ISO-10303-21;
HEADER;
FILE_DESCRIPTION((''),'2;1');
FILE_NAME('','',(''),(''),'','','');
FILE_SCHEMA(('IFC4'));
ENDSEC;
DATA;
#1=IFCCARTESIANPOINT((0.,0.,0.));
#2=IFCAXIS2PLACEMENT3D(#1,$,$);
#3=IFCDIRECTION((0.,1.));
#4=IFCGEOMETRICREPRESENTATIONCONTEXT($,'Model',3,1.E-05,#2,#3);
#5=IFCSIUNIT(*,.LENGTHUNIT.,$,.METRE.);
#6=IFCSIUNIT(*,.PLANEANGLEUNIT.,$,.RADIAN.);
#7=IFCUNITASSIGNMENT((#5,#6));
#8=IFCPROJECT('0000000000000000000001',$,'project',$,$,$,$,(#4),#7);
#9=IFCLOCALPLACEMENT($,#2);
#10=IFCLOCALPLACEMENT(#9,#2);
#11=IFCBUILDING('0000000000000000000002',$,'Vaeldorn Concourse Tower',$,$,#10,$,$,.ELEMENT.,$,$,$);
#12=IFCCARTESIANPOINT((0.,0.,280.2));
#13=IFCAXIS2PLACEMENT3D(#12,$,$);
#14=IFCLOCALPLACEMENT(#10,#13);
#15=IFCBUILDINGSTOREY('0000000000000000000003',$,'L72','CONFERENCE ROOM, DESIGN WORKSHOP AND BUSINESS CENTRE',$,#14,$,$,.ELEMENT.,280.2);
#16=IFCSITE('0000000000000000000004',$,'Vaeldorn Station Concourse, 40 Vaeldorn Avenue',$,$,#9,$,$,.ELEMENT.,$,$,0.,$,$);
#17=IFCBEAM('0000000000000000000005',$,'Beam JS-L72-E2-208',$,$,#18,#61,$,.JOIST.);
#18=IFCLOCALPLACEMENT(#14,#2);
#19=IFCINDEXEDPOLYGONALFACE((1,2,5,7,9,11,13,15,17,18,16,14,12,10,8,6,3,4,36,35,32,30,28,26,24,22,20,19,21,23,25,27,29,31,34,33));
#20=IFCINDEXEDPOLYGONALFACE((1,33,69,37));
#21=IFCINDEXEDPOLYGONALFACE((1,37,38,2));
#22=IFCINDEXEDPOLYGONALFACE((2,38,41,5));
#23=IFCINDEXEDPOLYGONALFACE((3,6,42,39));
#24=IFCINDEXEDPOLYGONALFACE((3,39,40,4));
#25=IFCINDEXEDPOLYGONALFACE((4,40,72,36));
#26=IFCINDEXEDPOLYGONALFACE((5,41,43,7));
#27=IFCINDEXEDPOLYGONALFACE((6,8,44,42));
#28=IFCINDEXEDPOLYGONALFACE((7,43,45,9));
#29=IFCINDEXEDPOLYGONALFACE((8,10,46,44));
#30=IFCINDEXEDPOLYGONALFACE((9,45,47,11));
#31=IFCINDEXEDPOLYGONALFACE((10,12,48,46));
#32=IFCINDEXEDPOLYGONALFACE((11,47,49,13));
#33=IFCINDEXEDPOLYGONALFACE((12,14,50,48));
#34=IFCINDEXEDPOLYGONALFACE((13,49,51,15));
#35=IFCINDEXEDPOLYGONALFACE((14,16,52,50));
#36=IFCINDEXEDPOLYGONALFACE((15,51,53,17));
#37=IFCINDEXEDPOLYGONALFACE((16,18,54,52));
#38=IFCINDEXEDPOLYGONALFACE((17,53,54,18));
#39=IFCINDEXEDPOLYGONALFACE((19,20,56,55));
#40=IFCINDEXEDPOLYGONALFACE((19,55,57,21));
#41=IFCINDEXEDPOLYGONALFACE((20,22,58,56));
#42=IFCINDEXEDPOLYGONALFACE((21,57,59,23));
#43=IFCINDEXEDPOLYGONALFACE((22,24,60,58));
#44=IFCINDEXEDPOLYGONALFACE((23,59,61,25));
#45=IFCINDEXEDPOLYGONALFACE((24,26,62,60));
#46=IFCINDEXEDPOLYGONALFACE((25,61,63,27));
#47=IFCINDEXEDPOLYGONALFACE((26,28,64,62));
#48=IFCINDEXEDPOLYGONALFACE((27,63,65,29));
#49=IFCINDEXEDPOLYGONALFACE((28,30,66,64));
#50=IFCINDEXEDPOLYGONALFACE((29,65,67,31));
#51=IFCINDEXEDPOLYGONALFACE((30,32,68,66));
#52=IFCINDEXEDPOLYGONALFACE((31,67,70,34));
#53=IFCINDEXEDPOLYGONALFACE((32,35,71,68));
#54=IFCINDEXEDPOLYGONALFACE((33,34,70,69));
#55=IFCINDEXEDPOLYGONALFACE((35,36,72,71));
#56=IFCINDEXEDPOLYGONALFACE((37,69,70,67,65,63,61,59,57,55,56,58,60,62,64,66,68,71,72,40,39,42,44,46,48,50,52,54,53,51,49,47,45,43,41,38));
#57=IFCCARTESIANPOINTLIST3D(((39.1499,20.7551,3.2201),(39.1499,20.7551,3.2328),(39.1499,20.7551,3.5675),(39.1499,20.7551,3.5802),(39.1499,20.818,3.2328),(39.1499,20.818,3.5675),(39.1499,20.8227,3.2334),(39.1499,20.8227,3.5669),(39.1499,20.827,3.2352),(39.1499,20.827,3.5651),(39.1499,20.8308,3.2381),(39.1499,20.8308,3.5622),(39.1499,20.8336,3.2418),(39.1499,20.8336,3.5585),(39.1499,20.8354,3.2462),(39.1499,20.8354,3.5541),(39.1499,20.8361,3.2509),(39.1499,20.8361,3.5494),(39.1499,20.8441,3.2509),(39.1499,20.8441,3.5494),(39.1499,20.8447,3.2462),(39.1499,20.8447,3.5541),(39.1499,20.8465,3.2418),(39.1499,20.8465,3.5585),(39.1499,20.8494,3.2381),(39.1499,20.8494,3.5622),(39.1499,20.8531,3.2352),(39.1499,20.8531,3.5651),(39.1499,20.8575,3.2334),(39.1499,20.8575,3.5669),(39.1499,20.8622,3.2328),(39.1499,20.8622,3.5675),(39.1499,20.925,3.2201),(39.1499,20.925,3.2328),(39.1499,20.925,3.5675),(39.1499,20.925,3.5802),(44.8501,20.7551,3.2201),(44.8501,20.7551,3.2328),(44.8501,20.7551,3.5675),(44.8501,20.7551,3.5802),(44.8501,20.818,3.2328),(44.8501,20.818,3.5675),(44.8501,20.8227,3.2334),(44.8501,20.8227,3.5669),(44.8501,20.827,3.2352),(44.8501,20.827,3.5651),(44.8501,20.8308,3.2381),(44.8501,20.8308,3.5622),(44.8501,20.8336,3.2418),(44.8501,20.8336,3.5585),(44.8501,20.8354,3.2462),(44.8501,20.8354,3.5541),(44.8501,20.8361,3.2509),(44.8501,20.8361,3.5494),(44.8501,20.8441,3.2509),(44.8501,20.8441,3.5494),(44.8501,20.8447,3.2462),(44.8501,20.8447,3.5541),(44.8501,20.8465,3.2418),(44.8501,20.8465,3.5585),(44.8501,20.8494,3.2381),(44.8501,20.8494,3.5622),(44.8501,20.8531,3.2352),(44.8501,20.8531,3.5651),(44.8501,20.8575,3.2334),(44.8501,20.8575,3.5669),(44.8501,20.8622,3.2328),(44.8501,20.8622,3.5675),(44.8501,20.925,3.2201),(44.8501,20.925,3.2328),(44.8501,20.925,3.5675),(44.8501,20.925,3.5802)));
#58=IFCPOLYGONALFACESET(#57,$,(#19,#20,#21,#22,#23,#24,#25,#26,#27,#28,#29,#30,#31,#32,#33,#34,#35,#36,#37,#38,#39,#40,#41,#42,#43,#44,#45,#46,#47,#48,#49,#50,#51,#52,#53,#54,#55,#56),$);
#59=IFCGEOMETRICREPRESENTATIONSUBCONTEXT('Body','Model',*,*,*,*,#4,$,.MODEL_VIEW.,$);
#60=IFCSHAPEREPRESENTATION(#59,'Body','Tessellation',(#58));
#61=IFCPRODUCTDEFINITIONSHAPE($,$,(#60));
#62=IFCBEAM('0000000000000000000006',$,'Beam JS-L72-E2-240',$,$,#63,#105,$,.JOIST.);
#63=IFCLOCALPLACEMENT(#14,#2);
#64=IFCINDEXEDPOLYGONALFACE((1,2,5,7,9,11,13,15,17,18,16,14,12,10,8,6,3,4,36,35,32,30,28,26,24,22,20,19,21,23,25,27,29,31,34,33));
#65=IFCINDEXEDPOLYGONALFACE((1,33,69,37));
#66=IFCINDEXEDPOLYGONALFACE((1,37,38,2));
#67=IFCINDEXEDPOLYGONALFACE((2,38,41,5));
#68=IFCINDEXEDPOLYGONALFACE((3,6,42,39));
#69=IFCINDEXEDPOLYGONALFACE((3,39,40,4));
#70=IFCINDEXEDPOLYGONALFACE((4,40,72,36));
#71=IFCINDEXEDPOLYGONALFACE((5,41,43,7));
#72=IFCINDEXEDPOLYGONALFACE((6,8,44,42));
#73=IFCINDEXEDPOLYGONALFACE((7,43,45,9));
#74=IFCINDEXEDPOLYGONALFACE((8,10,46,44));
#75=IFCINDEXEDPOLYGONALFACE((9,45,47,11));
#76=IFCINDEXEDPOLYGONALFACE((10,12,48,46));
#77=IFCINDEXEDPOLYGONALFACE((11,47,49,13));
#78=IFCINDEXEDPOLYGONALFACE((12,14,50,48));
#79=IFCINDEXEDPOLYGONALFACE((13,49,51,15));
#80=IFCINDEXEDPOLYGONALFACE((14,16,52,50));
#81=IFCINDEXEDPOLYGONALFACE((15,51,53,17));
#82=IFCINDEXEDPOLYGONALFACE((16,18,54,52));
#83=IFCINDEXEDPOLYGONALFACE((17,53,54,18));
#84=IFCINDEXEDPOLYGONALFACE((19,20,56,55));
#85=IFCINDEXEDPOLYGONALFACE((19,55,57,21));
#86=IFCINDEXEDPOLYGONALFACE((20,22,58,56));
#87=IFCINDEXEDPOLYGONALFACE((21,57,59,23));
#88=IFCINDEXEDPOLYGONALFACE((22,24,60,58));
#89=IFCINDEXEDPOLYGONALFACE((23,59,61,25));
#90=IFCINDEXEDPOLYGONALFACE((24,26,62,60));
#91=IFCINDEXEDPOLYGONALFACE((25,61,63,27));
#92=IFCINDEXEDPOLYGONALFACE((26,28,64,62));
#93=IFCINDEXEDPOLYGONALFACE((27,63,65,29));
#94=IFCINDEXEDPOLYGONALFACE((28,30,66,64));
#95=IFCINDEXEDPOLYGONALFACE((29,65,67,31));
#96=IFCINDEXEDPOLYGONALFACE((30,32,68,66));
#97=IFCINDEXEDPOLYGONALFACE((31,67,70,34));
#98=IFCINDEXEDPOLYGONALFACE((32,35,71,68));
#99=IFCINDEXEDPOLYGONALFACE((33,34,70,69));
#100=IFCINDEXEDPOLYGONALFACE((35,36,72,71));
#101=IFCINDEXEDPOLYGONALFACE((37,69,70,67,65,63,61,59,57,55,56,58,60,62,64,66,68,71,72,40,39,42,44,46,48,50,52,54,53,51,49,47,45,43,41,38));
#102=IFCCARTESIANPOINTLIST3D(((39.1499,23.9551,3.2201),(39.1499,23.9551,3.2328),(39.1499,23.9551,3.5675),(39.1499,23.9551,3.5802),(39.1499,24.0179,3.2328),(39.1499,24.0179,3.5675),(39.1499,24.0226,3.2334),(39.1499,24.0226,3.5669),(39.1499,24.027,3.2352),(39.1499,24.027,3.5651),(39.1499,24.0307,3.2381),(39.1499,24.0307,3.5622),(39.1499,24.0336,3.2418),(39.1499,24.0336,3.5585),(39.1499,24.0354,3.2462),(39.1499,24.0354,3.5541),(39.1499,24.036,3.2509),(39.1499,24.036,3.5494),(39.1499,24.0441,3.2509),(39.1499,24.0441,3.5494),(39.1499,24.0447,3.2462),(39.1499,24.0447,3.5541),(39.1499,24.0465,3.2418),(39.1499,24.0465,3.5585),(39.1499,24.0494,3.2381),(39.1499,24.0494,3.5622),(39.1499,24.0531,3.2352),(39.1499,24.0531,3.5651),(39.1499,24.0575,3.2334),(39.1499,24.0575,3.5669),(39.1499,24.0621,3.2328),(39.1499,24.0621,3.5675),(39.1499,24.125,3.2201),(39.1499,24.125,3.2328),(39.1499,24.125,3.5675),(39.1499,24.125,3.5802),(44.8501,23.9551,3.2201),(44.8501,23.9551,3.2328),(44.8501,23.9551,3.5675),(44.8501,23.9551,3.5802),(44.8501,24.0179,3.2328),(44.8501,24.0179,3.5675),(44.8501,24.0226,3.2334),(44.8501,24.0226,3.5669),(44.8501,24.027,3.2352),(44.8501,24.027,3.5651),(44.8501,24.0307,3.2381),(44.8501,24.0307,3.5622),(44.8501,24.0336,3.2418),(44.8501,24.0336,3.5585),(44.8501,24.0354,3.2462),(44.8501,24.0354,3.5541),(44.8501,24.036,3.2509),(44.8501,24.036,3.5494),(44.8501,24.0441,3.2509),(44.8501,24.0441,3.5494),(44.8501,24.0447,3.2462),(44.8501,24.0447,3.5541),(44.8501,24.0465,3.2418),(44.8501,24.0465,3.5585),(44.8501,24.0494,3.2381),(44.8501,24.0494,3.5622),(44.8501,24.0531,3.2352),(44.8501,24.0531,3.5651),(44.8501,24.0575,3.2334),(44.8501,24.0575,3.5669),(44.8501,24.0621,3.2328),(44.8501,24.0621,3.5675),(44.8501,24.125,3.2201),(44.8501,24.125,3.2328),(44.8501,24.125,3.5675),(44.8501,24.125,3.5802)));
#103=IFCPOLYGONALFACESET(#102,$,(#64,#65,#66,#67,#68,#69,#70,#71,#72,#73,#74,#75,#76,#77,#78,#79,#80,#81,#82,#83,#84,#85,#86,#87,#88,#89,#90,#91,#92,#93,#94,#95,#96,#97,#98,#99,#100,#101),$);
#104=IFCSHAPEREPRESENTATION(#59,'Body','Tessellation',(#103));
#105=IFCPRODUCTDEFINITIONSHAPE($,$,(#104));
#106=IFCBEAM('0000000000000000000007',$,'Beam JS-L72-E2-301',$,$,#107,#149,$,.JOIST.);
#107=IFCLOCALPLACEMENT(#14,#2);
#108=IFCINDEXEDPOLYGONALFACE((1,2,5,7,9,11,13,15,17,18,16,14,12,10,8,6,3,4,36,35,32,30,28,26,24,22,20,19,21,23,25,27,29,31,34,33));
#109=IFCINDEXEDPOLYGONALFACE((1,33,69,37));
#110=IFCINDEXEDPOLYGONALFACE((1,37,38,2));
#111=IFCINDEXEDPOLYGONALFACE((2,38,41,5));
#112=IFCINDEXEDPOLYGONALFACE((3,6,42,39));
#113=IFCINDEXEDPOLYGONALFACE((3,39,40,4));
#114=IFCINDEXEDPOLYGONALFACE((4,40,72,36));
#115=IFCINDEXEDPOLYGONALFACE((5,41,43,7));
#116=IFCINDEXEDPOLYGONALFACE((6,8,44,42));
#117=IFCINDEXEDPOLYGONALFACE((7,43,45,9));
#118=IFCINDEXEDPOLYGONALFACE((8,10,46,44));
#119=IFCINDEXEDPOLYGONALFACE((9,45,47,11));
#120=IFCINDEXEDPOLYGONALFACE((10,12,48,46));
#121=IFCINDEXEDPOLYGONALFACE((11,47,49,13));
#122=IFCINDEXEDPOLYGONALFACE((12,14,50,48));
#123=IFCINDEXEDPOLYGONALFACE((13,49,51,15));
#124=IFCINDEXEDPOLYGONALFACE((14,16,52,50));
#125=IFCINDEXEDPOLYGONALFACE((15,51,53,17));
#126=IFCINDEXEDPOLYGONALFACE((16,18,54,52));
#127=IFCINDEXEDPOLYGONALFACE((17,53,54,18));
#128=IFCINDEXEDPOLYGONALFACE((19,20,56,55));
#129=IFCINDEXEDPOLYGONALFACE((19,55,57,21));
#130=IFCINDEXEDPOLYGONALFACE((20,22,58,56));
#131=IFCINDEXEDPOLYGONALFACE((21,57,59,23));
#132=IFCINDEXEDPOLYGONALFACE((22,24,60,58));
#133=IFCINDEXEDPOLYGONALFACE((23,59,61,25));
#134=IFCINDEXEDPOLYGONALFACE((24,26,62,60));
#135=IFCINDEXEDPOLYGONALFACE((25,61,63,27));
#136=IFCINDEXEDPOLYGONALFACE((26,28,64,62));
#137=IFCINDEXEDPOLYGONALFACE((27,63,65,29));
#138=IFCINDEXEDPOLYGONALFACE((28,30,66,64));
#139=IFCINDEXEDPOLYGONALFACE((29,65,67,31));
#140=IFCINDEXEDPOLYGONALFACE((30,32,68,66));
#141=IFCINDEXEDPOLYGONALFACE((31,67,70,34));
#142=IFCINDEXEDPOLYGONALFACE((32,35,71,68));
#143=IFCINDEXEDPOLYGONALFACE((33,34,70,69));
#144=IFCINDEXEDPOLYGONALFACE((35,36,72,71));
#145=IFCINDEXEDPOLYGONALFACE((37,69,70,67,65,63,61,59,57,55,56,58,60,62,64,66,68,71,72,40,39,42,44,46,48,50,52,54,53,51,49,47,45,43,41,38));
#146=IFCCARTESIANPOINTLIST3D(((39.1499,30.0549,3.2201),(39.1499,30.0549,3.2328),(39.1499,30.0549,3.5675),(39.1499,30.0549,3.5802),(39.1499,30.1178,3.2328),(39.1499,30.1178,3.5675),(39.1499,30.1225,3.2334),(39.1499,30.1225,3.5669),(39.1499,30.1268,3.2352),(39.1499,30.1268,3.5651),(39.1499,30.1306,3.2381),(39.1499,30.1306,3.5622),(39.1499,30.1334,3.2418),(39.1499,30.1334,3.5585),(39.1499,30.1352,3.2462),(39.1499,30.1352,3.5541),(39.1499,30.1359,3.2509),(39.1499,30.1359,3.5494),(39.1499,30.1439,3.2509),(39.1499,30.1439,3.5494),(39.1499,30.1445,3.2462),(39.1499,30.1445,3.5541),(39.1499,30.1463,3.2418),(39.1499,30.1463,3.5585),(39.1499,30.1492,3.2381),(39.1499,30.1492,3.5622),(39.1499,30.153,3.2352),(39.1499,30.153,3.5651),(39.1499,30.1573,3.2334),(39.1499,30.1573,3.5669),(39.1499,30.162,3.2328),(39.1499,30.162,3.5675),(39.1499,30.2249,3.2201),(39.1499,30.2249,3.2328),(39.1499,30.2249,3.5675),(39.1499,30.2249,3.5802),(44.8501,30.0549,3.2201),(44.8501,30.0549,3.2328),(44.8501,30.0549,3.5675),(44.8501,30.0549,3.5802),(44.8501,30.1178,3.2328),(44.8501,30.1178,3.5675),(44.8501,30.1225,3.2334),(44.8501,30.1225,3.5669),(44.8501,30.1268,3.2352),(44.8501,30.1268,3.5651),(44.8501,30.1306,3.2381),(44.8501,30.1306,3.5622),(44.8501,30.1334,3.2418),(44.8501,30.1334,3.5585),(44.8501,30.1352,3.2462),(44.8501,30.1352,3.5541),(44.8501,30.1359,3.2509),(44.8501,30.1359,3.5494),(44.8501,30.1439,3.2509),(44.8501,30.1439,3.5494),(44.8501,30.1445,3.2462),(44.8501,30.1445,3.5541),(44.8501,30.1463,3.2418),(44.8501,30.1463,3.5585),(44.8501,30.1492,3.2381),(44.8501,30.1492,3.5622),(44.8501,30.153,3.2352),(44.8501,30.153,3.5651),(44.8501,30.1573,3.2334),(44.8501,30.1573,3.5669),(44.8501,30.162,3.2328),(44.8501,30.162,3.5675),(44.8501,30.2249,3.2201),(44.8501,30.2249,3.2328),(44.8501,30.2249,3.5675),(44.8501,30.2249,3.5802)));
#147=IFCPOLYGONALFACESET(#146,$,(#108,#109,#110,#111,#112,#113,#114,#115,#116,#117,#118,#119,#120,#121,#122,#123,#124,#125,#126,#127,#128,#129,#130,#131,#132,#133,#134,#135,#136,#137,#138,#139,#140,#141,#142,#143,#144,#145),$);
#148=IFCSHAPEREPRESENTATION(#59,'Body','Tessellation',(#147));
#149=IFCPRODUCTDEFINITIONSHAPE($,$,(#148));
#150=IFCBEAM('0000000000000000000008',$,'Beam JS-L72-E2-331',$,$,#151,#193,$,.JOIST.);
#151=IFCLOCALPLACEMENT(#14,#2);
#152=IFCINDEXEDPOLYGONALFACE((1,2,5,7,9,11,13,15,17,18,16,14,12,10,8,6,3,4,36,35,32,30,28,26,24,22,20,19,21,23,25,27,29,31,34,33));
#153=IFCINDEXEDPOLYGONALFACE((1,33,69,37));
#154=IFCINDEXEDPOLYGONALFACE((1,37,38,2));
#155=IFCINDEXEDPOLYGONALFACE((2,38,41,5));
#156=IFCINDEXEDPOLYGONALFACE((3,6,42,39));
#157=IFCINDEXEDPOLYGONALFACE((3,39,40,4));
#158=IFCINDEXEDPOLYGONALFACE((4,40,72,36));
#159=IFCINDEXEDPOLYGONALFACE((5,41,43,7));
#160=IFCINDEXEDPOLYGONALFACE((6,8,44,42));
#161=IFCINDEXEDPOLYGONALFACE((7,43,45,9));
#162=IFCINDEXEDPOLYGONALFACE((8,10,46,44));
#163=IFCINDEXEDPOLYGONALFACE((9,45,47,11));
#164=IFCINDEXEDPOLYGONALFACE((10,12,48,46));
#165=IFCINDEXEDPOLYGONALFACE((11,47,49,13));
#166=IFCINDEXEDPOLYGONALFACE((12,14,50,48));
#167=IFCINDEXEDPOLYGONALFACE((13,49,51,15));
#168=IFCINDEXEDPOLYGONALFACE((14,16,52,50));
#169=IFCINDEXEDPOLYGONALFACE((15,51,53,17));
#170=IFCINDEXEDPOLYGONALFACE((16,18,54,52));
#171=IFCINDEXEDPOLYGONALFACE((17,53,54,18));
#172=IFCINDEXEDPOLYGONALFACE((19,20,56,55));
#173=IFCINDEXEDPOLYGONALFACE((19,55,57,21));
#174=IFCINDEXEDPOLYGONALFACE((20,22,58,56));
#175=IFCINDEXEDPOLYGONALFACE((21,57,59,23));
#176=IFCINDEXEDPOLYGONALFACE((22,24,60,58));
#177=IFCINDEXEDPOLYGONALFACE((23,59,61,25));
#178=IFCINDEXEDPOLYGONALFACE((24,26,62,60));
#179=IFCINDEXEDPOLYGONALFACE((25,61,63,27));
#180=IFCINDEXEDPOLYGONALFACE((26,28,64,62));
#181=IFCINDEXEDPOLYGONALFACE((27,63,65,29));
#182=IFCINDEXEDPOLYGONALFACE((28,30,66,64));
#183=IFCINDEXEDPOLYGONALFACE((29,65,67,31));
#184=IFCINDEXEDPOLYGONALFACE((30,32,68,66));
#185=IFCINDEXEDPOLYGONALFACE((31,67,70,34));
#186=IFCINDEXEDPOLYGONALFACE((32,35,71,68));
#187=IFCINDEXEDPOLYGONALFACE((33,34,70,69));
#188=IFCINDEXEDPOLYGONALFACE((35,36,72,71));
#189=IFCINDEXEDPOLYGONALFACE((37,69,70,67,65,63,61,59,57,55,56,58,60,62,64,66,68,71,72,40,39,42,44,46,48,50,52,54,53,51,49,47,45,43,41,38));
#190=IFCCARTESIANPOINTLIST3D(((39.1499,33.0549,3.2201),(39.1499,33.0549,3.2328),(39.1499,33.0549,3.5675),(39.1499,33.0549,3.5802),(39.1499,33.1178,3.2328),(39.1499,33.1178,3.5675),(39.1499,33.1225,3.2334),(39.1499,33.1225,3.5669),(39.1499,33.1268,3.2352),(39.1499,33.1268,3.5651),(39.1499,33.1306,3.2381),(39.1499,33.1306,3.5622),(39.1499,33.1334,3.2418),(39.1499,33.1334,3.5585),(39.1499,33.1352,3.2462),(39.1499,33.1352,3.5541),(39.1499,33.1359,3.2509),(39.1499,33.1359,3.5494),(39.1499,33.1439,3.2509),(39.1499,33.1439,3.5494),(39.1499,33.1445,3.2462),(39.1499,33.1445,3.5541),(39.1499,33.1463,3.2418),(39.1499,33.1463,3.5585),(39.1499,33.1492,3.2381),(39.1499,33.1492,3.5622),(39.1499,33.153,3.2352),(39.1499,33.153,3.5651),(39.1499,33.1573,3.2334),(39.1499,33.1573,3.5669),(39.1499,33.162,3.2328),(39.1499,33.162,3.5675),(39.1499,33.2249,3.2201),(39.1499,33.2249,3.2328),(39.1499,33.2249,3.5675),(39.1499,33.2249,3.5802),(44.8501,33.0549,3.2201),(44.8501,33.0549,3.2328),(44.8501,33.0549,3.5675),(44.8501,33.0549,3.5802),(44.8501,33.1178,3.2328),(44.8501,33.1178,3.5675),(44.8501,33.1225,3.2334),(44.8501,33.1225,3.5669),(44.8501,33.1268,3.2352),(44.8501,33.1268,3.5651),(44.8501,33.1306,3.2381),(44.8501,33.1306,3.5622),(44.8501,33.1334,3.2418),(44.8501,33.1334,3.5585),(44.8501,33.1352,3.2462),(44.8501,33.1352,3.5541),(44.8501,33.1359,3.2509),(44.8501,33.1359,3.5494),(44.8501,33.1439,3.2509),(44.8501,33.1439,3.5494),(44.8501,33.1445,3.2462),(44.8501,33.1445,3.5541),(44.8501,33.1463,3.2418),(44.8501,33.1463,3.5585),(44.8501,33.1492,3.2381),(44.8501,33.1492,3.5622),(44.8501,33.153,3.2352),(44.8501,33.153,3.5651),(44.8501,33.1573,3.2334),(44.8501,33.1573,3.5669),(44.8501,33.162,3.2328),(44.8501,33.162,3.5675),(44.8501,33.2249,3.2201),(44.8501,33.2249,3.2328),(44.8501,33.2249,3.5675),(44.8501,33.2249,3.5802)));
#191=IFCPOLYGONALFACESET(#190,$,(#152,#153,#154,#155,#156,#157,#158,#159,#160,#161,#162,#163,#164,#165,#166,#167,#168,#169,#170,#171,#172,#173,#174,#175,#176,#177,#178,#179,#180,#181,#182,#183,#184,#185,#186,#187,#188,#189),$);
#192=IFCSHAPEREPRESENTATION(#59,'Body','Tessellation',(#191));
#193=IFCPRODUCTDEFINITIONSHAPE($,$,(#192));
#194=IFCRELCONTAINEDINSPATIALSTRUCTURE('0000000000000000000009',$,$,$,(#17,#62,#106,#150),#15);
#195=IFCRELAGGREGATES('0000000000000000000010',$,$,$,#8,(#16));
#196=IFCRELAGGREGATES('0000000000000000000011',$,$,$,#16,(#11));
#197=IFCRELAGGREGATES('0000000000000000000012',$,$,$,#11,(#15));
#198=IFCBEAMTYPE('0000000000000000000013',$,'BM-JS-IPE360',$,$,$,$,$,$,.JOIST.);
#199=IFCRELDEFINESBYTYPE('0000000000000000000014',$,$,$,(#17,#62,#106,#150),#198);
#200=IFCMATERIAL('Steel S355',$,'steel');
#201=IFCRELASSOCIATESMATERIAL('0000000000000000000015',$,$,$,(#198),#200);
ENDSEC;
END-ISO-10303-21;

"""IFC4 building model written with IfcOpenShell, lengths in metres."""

from ifc_helpers import new_model, si_unit, direction, frame, origin, origin_2d, place, context, subcontext, project, spatial, i_section, extrude, source, transform, mapped, material, material_profile, profile_set, type_object, element, save


model = new_model("IFC4")

# Units and contexts
model_context = context("Model", 3, precision=1e-05, world=origin(), true_north=direction((0.0, 1.0)))
body_context = subcontext(model_context, "Body", "Model", "MODEL_VIEW")
ifc_project = project(units=[si_unit("LENGTHUNIT", "METRE"), si_unit("PLANEANGLEUNIT", "RADIAN")], contexts=[model_context])

# Site, building, storey
site_placement = place(None, origin())
site = spatial("IfcSite", under=ifc_project, at=site_placement, Name="Vaeldorn Station Concourse, 40 Vaeldorn Avenue", CompositionType="ELEMENT", RefElevation=0.0)
building_placement = place(site_placement, origin())
building = spatial("IfcBuilding", under=site, at=building_placement, Name="Vaeldorn Concourse Tower", CompositionType="ELEMENT")
storey_placement = place(building_placement, frame((0.0, 0.0, 280.2)))
storey = spatial("IfcBuildingStorey", under=building, at=storey_placement, Name="L72", Description="CONFERENCE ROOM, DESIGN WORKSHOP AND BUSINESS CENTRE", CompositionType="ELEMENT", Elevation=280.2)

# Shared definitions
ifc_material_1 = material(Name="Steel S355", Category="steel")

# Beams
ifc_material_profile_1 = material_profile(ifc_material_1, i_section(OverallWidth=0.1699, OverallDepth=0.3601, WebThickness=0.0081, FlangeThickness=0.0127, FilletRadius=0.0181, at=origin_2d()), Name="IPE 360")
ifc_profile_set_1 = profile_set([ifc_material_profile_1], Name="Steel S355")
beam_type_1 = type_object("IfcBeamType", Name="BM-JS-IPE360", PredefinedType="JOIST", material=ifc_profile_set_1)
shared_shape_1 = source(origin(), body_context, "Body", "SweptSolid", [
    extrude(i_section(OverallWidth=0.1699, OverallDepth=0.3601, WebThickness=0.0081, FlangeThickness=0.0127, FilletRadius=0.0181, at=origin_2d()), origin(), (0.0, 0.0, 1.0), 5.7002),
])
for number, where, z_axis, x_axis, name in (
    (1, (39.1499, 20.8401, 3.4001), (1.0, 0.0, 0.0), (0.0, 1.0, 0.0), "Beam JS-L72-E2-208"),
    (2, (39.1499, 24.04, 3.4001), (1.0, 0.0, 0.0), (0.0, 1.0, 0.0), "Beam JS-L72-E2-240"),
    (3, (39.1499, 30.1399, 3.4001), (1.0, 0.0, 0.0), (0.0, 1.0, 0.0), "Beam JS-L72-E2-301"),
    (4, (39.1499, 33.1399, 3.4001), (1.0, 0.0, 0.0), (0.0, 1.0, 0.0), "Beam JS-L72-E2-331"),
):
    element("IfcBeam", number, at=place(storey_placement, frame(where, z_axis=z_axis, x_axis=x_axis)), inside=storey, type_object=beam_type_1, Name=name, PredefinedType="JOIST", context=body_context, shape_type="MappedRepresentation", body=[
        mapped(shared_shape_1, transform((0.0, 0.0, 0.0), scale=1.0)),
    ])

save(model, "model.ifc")
